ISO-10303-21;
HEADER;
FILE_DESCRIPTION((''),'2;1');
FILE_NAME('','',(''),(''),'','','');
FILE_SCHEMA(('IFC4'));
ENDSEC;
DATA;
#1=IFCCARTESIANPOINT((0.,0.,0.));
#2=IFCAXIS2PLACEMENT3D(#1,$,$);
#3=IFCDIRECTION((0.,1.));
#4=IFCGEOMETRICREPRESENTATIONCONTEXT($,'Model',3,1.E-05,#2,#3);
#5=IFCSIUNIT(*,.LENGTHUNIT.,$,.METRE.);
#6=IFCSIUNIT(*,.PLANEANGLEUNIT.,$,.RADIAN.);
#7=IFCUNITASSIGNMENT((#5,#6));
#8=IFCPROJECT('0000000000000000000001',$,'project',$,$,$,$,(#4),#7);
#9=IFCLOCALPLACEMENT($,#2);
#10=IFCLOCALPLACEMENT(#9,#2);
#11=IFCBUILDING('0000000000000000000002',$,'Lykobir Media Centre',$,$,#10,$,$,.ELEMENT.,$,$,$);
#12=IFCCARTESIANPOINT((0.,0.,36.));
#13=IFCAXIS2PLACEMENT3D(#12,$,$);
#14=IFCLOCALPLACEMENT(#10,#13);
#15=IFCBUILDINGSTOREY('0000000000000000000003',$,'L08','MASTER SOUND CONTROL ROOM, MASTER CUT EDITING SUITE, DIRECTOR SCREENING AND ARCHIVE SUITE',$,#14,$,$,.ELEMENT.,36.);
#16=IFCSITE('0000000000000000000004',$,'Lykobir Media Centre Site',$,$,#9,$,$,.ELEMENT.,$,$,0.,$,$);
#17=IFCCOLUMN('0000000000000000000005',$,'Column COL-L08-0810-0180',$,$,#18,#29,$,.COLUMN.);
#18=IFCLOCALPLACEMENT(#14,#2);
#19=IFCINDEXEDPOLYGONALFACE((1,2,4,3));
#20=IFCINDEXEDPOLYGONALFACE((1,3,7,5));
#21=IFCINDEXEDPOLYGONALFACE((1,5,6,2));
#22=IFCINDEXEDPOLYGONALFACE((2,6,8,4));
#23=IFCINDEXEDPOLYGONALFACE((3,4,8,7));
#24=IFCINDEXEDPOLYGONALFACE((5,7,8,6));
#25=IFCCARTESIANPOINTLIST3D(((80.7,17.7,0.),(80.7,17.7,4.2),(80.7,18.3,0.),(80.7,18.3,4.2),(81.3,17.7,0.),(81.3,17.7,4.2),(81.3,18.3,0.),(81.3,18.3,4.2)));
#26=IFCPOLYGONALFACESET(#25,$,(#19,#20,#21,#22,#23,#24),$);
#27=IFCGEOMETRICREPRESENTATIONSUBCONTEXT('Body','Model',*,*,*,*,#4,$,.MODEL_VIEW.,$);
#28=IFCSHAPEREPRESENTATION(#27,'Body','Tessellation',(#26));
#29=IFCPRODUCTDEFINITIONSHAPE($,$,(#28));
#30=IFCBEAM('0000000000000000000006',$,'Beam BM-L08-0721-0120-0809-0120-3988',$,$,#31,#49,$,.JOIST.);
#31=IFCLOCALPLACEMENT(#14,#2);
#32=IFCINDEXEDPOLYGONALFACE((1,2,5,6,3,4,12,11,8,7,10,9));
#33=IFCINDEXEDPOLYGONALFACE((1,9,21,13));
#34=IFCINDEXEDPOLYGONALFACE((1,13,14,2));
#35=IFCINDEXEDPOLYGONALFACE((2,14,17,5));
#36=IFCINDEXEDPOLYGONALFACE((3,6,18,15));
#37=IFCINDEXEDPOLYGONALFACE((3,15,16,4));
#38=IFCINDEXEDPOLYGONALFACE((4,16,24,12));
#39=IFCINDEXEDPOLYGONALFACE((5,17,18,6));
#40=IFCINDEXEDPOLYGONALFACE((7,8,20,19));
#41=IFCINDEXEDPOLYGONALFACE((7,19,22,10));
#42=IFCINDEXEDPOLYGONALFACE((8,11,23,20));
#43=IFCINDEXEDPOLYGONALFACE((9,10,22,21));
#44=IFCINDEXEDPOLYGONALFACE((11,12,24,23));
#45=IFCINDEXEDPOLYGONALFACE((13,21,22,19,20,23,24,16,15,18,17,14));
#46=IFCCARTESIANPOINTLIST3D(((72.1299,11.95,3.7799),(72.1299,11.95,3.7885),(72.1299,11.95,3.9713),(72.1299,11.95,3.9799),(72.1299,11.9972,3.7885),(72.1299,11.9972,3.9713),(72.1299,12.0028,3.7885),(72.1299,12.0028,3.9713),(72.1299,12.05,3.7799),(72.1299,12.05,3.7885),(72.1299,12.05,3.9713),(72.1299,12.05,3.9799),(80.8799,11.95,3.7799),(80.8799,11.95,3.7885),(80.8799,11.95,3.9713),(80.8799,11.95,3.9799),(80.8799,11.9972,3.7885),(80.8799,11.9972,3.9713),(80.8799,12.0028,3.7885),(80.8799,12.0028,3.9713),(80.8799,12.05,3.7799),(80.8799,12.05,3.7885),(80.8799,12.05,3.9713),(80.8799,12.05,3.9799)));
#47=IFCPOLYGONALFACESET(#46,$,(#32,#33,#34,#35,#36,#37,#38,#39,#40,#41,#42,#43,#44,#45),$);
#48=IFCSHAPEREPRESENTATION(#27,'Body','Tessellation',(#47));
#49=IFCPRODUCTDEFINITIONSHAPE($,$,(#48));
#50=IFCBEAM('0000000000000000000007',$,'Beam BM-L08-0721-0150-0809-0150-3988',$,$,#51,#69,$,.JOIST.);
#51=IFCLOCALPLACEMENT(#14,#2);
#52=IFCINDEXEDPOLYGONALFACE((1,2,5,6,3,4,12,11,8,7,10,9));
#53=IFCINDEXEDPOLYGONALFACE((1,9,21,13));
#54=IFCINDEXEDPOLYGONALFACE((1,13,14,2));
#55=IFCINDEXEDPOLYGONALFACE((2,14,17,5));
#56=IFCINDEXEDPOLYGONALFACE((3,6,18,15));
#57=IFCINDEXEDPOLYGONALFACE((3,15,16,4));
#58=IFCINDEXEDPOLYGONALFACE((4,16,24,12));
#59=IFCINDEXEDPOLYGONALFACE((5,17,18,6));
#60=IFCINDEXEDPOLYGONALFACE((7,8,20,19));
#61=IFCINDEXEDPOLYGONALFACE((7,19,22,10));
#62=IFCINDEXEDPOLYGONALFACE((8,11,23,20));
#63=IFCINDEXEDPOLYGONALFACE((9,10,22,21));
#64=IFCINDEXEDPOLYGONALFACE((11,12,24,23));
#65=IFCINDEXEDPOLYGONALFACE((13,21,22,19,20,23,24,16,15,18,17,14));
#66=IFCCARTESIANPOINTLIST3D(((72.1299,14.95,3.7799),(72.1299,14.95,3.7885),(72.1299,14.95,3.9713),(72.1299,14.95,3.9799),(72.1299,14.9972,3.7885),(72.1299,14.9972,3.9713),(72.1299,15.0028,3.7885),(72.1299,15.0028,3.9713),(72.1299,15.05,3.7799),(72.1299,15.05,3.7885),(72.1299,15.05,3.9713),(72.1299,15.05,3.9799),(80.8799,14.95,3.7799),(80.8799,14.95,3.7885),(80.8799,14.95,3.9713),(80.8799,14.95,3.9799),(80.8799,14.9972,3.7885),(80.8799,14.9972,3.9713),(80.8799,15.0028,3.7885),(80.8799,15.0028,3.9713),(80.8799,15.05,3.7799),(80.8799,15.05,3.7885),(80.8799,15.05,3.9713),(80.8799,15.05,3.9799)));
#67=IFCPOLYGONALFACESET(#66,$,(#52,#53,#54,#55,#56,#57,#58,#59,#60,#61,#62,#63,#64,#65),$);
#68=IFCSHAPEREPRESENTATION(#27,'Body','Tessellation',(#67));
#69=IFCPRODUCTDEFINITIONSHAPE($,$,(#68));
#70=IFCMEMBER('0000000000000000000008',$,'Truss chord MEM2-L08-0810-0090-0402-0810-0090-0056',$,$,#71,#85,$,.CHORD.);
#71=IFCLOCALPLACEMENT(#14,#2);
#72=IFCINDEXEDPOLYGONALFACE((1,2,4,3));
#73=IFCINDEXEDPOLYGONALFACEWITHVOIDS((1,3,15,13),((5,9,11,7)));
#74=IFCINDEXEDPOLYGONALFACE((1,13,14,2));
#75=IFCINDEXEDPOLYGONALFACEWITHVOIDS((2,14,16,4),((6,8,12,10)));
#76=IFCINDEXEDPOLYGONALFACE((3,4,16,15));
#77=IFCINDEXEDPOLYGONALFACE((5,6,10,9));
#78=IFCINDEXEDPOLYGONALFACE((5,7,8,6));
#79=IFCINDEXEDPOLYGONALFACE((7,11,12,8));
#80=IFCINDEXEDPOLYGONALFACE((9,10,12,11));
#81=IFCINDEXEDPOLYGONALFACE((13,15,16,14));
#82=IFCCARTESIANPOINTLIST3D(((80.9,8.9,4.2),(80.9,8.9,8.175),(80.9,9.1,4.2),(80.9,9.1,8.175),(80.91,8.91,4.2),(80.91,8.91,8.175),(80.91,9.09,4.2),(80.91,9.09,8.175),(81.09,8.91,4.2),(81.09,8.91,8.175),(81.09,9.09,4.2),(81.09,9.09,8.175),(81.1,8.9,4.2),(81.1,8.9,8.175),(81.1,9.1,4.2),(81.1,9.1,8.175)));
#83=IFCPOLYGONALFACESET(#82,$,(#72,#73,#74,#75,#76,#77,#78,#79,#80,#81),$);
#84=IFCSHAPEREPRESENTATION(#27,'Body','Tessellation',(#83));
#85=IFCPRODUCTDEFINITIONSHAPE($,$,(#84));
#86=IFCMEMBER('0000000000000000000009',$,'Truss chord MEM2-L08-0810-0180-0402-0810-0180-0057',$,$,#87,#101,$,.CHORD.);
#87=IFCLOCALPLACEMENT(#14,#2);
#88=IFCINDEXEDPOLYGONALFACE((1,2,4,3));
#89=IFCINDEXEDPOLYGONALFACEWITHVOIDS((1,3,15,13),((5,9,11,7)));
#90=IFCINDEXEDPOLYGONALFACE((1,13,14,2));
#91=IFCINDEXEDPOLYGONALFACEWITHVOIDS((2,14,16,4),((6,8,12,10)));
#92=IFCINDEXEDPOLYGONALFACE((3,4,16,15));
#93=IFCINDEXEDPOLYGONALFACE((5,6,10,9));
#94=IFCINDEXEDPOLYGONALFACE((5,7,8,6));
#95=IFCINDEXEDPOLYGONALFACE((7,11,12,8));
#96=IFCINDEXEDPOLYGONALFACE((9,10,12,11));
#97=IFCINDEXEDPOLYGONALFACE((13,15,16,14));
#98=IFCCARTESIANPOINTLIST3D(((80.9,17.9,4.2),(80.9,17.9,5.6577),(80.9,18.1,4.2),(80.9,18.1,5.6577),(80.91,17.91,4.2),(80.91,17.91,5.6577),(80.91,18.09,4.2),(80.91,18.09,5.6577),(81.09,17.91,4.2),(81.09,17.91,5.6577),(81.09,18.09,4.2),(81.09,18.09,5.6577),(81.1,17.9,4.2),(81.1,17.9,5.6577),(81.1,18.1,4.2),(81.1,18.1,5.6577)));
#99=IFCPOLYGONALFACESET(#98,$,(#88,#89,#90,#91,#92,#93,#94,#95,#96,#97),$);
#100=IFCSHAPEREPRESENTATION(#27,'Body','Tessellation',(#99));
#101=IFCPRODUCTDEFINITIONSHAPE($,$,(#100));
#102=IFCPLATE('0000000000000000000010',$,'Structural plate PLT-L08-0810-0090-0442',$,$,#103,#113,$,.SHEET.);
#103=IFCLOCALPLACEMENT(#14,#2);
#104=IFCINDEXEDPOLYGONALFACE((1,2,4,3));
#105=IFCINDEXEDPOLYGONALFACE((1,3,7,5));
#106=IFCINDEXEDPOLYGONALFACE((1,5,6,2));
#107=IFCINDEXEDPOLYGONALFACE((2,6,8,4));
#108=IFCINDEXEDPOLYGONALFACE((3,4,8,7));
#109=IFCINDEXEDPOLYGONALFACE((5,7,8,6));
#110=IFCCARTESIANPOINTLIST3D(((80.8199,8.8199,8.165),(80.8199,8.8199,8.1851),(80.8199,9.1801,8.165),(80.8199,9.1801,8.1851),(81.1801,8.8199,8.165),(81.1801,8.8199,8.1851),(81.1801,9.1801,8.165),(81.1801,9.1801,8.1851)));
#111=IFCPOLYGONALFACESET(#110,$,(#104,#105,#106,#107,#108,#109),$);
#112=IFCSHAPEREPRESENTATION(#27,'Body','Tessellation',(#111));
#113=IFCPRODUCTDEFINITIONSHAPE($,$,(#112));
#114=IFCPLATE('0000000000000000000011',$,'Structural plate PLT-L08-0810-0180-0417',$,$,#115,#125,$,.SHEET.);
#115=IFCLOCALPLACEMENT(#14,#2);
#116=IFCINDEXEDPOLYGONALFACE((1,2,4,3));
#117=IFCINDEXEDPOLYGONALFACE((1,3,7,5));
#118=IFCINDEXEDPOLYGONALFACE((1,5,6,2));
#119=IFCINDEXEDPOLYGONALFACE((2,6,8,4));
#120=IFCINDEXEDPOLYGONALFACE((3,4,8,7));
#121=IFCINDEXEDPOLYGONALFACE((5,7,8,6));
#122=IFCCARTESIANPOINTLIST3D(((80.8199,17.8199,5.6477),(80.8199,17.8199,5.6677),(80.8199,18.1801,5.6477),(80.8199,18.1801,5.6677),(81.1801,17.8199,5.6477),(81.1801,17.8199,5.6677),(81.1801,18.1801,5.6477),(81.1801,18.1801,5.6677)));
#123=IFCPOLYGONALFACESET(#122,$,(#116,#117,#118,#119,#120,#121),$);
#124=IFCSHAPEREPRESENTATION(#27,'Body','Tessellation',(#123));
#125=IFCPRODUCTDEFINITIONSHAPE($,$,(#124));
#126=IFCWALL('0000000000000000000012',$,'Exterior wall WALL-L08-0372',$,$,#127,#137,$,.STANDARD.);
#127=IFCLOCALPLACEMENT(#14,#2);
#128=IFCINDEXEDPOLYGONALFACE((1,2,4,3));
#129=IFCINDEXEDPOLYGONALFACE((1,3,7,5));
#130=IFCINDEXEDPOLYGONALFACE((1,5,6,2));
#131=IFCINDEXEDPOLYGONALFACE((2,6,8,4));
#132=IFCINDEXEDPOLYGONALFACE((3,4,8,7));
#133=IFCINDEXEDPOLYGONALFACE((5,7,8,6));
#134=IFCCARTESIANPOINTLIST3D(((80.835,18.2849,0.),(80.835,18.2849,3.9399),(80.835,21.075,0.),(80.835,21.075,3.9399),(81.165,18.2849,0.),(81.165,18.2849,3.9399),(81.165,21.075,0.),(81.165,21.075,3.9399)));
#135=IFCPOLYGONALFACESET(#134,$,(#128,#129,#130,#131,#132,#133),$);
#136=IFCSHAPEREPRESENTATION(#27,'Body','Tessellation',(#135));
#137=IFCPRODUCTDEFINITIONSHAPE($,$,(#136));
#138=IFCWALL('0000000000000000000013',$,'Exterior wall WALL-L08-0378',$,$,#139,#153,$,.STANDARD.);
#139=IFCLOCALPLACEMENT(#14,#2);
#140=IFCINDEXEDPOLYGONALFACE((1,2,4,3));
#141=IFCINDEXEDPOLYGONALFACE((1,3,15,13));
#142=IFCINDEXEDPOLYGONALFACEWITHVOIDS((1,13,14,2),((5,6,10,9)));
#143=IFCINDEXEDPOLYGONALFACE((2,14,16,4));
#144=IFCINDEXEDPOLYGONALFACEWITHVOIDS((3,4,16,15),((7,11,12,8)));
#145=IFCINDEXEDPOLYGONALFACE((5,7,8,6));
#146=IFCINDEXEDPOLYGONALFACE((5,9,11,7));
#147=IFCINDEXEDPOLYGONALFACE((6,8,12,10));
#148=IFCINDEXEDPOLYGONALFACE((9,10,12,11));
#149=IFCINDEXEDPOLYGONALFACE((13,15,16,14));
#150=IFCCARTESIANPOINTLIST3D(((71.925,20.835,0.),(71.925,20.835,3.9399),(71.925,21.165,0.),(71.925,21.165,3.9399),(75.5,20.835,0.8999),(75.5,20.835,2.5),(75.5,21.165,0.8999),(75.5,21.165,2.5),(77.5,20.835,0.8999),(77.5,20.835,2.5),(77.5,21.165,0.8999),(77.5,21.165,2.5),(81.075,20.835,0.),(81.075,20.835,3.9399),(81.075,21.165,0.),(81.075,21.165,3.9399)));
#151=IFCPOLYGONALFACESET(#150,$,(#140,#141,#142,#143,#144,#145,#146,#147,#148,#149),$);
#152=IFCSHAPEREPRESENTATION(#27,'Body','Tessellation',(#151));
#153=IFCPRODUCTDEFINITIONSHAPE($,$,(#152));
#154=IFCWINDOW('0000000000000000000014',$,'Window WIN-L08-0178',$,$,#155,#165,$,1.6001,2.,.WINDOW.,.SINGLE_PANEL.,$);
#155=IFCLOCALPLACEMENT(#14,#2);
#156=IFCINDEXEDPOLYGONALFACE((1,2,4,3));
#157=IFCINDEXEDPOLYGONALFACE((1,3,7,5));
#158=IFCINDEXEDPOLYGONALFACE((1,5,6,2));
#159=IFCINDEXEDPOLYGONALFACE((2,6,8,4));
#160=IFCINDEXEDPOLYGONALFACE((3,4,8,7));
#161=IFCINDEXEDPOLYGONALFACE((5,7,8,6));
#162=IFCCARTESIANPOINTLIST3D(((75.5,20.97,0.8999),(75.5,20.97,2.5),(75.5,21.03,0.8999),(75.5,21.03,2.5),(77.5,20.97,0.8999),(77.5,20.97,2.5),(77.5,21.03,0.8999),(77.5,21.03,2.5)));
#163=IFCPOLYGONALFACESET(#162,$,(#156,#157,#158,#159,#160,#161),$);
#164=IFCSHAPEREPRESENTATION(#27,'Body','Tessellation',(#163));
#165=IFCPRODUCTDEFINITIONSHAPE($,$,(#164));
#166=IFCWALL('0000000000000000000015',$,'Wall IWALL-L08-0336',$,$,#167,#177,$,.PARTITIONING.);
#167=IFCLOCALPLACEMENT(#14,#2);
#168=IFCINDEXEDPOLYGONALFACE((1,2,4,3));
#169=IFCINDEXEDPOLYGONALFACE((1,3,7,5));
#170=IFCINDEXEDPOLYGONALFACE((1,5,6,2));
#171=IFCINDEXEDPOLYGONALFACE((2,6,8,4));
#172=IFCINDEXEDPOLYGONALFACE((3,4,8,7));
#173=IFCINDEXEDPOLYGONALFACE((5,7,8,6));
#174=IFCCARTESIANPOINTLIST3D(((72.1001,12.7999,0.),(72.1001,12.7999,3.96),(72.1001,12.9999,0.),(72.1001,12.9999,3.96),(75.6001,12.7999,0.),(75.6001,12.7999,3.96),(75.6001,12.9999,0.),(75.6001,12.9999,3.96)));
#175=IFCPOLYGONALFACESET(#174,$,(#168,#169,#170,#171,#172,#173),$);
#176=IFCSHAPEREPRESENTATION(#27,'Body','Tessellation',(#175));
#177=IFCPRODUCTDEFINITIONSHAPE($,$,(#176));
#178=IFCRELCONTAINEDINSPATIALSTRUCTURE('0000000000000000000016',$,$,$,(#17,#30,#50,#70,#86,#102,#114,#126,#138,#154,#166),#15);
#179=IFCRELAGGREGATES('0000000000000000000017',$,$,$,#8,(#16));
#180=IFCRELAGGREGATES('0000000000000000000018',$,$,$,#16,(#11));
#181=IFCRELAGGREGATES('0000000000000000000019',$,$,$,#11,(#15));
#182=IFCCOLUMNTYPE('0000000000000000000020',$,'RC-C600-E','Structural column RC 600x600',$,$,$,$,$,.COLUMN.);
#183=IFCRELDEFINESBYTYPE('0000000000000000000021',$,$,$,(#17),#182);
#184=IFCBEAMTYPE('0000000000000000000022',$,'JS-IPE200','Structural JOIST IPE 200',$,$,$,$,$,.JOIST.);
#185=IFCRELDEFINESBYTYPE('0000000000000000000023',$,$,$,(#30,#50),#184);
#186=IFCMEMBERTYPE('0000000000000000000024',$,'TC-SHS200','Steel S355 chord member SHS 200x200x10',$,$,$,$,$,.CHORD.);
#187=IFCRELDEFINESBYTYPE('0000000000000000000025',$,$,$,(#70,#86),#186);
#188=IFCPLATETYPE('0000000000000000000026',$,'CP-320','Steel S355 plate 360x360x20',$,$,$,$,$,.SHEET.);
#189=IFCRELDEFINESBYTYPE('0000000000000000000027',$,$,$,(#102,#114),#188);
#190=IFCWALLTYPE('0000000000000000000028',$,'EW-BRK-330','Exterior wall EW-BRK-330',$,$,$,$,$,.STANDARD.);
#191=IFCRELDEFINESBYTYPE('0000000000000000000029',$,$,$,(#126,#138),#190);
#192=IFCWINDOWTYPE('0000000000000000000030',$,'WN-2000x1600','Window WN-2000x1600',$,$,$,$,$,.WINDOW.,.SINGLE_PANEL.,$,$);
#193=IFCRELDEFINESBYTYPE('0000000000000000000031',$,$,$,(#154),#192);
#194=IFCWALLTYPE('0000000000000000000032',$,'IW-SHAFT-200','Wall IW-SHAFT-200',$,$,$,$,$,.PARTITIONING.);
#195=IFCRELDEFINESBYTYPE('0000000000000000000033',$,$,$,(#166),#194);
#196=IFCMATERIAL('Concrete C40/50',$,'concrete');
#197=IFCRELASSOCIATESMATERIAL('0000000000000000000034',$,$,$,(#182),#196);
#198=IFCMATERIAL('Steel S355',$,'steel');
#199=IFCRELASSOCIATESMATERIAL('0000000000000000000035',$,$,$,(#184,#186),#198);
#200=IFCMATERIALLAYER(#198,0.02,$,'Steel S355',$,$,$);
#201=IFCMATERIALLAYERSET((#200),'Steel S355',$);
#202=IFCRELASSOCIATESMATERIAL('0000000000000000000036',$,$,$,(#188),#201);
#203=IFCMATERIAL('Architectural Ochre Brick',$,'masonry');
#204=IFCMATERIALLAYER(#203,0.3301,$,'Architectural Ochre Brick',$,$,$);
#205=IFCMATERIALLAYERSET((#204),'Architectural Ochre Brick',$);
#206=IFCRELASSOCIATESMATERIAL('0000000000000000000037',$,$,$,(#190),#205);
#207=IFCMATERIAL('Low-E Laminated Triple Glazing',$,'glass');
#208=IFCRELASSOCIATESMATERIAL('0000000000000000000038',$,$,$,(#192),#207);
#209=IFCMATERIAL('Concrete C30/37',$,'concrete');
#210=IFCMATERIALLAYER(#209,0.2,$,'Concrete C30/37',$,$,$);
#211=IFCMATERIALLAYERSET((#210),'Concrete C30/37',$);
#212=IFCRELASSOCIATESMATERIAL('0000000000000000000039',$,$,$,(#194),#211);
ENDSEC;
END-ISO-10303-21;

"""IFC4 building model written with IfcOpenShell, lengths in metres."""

from ifc_helpers import new_model, si_unit, direction, frame, frame_2d, origin, origin_2d, place, context, subcontext, project, spatial, rectangle, hollow_rectangle, i_section, extrude, material, layer, layer_set, material_profile, profile_set, type_object, element, fill, save


model = new_model("IFC4")

# Units and contexts
model_context = context("Model", 3, precision=1e-05, world=origin(), true_north=direction((0.0, 1.0)))
body_context = subcontext(model_context, "Body", "Model", "MODEL_VIEW")
ifc_project = project(units=[si_unit("LENGTHUNIT", "METRE"), si_unit("PLANEANGLEUNIT", "RADIAN")], contexts=[model_context])

# Site, building, storey
site_placement = place(None, origin())
site = spatial("IfcSite", under=ifc_project, at=site_placement, Name="Lykobir Media Centre Site", CompositionType="ELEMENT", RefElevation=0.0)
building_placement = place(site_placement, origin())
building = spatial("IfcBuilding", under=site, at=building_placement, Name="Lykobir Media Centre", CompositionType="ELEMENT")
storey_placement = place(building_placement, frame((0.0, 0.0, 36.0)))
storey = spatial("IfcBuildingStorey", under=building, at=storey_placement, Name="L08", Description="MASTER SOUND CONTROL ROOM, MASTER CUT EDITING SUITE, DIRECTOR SCREENING AND ARCHIVE SUITE", CompositionType="ELEMENT", Elevation=36.0)

# Column
ifc_material_1 = material(Name="Concrete C40/50", Category="concrete")
ifc_material_profile_1 = material_profile(ifc_material_1, rectangle(XDim=0.6001, YDim=0.6001, at=origin_2d()), Name="RC 600x600")
ifc_profile_set_1 = profile_set([ifc_material_profile_1], Name="Concrete C40/50")
column_type = type_object("IfcColumnType", Name="RC-C600-E", Description="Structural column RC 600x600", PredefinedType="COLUMN", material=ifc_profile_set_1)
column_placement = place(storey_placement, frame((81.0, 18.0, 0.0), z_axis=(0.0, 0.0, 1.0), x_axis=(1.0, 0.0, 0.0)))
element("IfcColumn", 1, at=column_placement, inside=storey, type_object=column_type, Name="Column COL-L08-0810-0180", PredefinedType="COLUMN", context=body_context, shape_type="SweptSolid", body=[
    extrude(rectangle(XDim=0.6001, YDim=0.6001, at=origin_2d()), origin(), (0.0, 0.0, 1.0), 4.2),
])

# Beams
ifc_material_2 = material(Name="Steel S355", Category="steel")
ifc_material_profile_2 = material_profile(ifc_material_2, i_section(OverallWidth=0.1001, OverallDepth=0.2, WebThickness=0.0056, FlangeThickness=0.0085, at=origin_2d()), Name="IPE 200")
ifc_profile_set_2 = profile_set([ifc_material_profile_2], Name="Steel S355")
beam_type = type_object("IfcBeamType", Name="JS-IPE200", Description="Structural JOIST IPE 200", PredefinedType="JOIST", material=ifc_profile_set_2)
for number, where, z_axis, x_axis, name in (
    (2, (72.1299, 12.0, 3.8799), (1.0, 0.0, 0.0), (0.0, 1.0, 0.0), "Beam BM-L08-0721-0120-0809-0120-3988"),
    (3, (72.1299, 15.0, 3.8799), (1.0, 0.0, 0.0), (0.0, 1.0, 0.0), "Beam BM-L08-0721-0150-0809-0150-3988"),
):
    element("IfcBeam", number, at=place(storey_placement, frame(where, z_axis=z_axis, x_axis=x_axis)), inside=storey, type_object=beam_type, Name=name, PredefinedType="JOIST", context=body_context, shape_type="SweptSolid", body=[
        extrude(i_section(OverallWidth=0.1001, OverallDepth=0.2, WebThickness=0.0056, FlangeThickness=0.0085, at=origin_2d()), origin(), (0.0, 0.0, 1.0), 8.75),
    ])

# Members
ifc_material_profile_3 = material_profile(ifc_material_2, hollow_rectangle(XDim=0.2, YDim=0.2, WallThickness=0.01, at=origin_2d()), Name="SHS 200x200x10")
ifc_profile_set_3 = profile_set([ifc_material_profile_3], Name="Steel S355")
member_type = type_object("IfcMemberType", Name="TC-SHS200", Description="Steel S355 chord member SHS 200x200x10", PredefinedType="CHORD", material=ifc_profile_set_3)
member_1_placement = place(storey_placement, frame((81.0, 9.0, 4.2), z_axis=(0.0, 0.0, 1.0), x_axis=(1.0, 0.0, 0.0)))
element("IfcMember", 4, at=member_1_placement, inside=storey, type_object=member_type, Name="Truss chord MEM2-L08-0810-0090-0402-0810-0090-0056", PredefinedType="CHORD", context=body_context, shape_type="SweptSolid", body=[
    extrude(hollow_rectangle(XDim=0.2, YDim=0.2, WallThickness=0.01, at=origin_2d()), origin(), (0.0, 0.0, 1.0), 3.9751),
])
member_2_placement = place(storey_placement, frame((81.0, 18.0, 4.2), z_axis=(0.0, 0.0, 1.0), x_axis=(1.0, 0.0, 0.0)))
element("IfcMember", 5, at=member_2_placement, inside=storey, type_object=member_type, Name="Truss chord MEM2-L08-0810-0180-0402-0810-0180-0057", PredefinedType="CHORD", context=body_context, shape_type="SweptSolid", body=[
    extrude(hollow_rectangle(XDim=0.2, YDim=0.2, WallThickness=0.01, at=origin_2d()), origin(), (0.0, 0.0, 1.0), 1.4578),
])

# Plates
ifc_layer_1 = layer(ifc_material_2, 0.02, Name="Steel S355")
ifc_layer_set_1 = layer_set([ifc_layer_1], Name="Steel S355")
plate_type = type_object("IfcPlateType", Name="CP-320", Description="Steel S355 plate 360x360x20", PredefinedType="SHEET", material=ifc_layer_set_1)
for number, where, z_axis, x_axis, name in (
    (6, (81.0, 9.0, 8.165), (0.0, 0.0, 1.0), (1.0, 0.0, 0.0), "Structural plate PLT-L08-0810-0090-0442"),
    (7, (81.0, 18.0, 5.6477), (0.0, 0.0, 1.0), (1.0, 0.0, 0.0), "Structural plate PLT-L08-0810-0180-0417"),
):
    element("IfcPlate", number, at=place(storey_placement, frame(where, z_axis=z_axis, x_axis=x_axis)), inside=storey, type_object=plate_type, Name=name, PredefinedType="SHEET", context=body_context, shape_type="SweptSolid", body=[
        extrude(rectangle(XDim=0.3601, YDim=0.3601, at=origin_2d()), origin(), (0.0, 0.0, 1.0), 0.02),
    ])

# Wall
ifc_material_3 = material(Name="Architectural Ochre Brick", Category="masonry")
ifc_layer_2 = layer(ifc_material_3, 0.3301, Name="Architectural Ochre Brick")
ifc_layer_set_2 = layer_set([ifc_layer_2], Name="Architectural Ochre Brick")
wall_type_1 = type_object("IfcWallType", Name="EW-BRK-330", Description="Exterior wall EW-BRK-330", PredefinedType="STANDARD", material=ifc_layer_set_2)
wall_1_placement = place(storey_placement, frame((81.0, 18.2849, 0.0), z_axis=(0.0, 0.0, 1.0), x_axis=(0.0, 1.0, 0.0)))
element("IfcWall", 8, at=wall_1_placement, inside=storey, type_object=wall_type_1, Name="Exterior wall WALL-L08-0372", PredefinedType="STANDARD", context=body_context, shape_type="SweptSolid", body=[
    extrude(rectangle(XDim=2.79, YDim=0.3301, at=frame_2d((1.395, 0.0))), origin(), (0.0, 0.0, 1.0), 3.9399),
])

# Wall, opening, window
wall_2_placement = place(storey_placement, frame((81.075, 21.0, 0.0), z_axis=(0.0, 0.0, 1.0), x_axis=(-1.0, 0.0, 0.0)))
wall_2 = element("IfcWall", 9, at=wall_2_placement, inside=storey, type_object=wall_type_1, Name="Exterior wall WALL-L08-0378", PredefinedType="STANDARD", context=body_context, shape_type="SweptSolid", body=[
    extrude(rectangle(XDim=9.1499, YDim=0.3301, at=frame_2d((4.575, 0.0))), origin(), (0.0, 0.0, 1.0), 3.9399),
])
opening_placement = place(wall_2_placement, frame((3.575, 0.0, 0.8999)))
opening = element("IfcOpeningElement", 10, at=opening_placement, cuts=wall_2, PredefinedType="OPENING", context=body_context, shape_type="SweptSolid", body=[
    extrude(rectangle(XDim=2.0, YDim=1.6001, at=frame_2d((1.0, 0.8))), frame((0.0, 0.175, 0.0), z_axis=(0.0, -1.0, 0.0), x_axis=(1.0, 0.0, 0.0)), (0.0, 0.0, 1.0), 0.3501),
])
ifc_material_4 = material(Name="Low-E Laminated Triple Glazing", Category="glass")
window_type = type_object("IfcWindowType", Name="WN-2000x1600", Description="Window WN-2000x1600", PartitioningType="SINGLE_PANEL", PredefinedType="WINDOW", material=ifc_material_4)
window_placement = place(opening_placement, origin())
window = element("IfcWindow", 11, at=window_placement, inside=storey, type_object=window_type, Name="Window WIN-L08-0178", OverallHeight=1.6001, OverallWidth=2.0, PartitioningType="SINGLE_PANEL", PredefinedType="WINDOW", context=body_context, shape_type="SweptSolid", body=[
    extrude(rectangle(XDim=2.0, YDim=1.6001, at=frame_2d((1.0, 0.8))), frame((0.0, 0.03, 0.0), z_axis=(0.0, -1.0, 0.0), x_axis=(1.0, 0.0, 0.0)), (0.0, 0.0, 1.0), 0.0601),
])
fill(opening, window)

# Wall
ifc_material_5 = material(Name="Concrete C30/37", Category="concrete")
ifc_layer_3 = layer(ifc_material_5, 0.2, Name="Concrete C30/37")
ifc_layer_set_3 = layer_set([ifc_layer_3], Name="Concrete C30/37")
wall_type_2 = type_object("IfcWallType", Name="IW-SHAFT-200", Description="Wall IW-SHAFT-200", PredefinedType="PARTITIONING", material=ifc_layer_set_3)
wall_3_placement = place(storey_placement, frame((72.1001, 12.8999, 0.0), z_axis=(0.0, 0.0, 1.0), x_axis=(1.0, 0.0, 0.0)))
element("IfcWall", 12, at=wall_3_placement, inside=storey, type_object=wall_type_2, Name="Wall IWALL-L08-0336", PredefinedType="PARTITIONING", context=body_context, shape_type="SweptSolid", body=[
    extrude(rectangle(XDim=3.5, YDim=0.2, at=frame_2d((1.75, 0.0))), origin(), (0.0, 0.0, 1.0), 3.96),
])

save(model, "model.ifc")
